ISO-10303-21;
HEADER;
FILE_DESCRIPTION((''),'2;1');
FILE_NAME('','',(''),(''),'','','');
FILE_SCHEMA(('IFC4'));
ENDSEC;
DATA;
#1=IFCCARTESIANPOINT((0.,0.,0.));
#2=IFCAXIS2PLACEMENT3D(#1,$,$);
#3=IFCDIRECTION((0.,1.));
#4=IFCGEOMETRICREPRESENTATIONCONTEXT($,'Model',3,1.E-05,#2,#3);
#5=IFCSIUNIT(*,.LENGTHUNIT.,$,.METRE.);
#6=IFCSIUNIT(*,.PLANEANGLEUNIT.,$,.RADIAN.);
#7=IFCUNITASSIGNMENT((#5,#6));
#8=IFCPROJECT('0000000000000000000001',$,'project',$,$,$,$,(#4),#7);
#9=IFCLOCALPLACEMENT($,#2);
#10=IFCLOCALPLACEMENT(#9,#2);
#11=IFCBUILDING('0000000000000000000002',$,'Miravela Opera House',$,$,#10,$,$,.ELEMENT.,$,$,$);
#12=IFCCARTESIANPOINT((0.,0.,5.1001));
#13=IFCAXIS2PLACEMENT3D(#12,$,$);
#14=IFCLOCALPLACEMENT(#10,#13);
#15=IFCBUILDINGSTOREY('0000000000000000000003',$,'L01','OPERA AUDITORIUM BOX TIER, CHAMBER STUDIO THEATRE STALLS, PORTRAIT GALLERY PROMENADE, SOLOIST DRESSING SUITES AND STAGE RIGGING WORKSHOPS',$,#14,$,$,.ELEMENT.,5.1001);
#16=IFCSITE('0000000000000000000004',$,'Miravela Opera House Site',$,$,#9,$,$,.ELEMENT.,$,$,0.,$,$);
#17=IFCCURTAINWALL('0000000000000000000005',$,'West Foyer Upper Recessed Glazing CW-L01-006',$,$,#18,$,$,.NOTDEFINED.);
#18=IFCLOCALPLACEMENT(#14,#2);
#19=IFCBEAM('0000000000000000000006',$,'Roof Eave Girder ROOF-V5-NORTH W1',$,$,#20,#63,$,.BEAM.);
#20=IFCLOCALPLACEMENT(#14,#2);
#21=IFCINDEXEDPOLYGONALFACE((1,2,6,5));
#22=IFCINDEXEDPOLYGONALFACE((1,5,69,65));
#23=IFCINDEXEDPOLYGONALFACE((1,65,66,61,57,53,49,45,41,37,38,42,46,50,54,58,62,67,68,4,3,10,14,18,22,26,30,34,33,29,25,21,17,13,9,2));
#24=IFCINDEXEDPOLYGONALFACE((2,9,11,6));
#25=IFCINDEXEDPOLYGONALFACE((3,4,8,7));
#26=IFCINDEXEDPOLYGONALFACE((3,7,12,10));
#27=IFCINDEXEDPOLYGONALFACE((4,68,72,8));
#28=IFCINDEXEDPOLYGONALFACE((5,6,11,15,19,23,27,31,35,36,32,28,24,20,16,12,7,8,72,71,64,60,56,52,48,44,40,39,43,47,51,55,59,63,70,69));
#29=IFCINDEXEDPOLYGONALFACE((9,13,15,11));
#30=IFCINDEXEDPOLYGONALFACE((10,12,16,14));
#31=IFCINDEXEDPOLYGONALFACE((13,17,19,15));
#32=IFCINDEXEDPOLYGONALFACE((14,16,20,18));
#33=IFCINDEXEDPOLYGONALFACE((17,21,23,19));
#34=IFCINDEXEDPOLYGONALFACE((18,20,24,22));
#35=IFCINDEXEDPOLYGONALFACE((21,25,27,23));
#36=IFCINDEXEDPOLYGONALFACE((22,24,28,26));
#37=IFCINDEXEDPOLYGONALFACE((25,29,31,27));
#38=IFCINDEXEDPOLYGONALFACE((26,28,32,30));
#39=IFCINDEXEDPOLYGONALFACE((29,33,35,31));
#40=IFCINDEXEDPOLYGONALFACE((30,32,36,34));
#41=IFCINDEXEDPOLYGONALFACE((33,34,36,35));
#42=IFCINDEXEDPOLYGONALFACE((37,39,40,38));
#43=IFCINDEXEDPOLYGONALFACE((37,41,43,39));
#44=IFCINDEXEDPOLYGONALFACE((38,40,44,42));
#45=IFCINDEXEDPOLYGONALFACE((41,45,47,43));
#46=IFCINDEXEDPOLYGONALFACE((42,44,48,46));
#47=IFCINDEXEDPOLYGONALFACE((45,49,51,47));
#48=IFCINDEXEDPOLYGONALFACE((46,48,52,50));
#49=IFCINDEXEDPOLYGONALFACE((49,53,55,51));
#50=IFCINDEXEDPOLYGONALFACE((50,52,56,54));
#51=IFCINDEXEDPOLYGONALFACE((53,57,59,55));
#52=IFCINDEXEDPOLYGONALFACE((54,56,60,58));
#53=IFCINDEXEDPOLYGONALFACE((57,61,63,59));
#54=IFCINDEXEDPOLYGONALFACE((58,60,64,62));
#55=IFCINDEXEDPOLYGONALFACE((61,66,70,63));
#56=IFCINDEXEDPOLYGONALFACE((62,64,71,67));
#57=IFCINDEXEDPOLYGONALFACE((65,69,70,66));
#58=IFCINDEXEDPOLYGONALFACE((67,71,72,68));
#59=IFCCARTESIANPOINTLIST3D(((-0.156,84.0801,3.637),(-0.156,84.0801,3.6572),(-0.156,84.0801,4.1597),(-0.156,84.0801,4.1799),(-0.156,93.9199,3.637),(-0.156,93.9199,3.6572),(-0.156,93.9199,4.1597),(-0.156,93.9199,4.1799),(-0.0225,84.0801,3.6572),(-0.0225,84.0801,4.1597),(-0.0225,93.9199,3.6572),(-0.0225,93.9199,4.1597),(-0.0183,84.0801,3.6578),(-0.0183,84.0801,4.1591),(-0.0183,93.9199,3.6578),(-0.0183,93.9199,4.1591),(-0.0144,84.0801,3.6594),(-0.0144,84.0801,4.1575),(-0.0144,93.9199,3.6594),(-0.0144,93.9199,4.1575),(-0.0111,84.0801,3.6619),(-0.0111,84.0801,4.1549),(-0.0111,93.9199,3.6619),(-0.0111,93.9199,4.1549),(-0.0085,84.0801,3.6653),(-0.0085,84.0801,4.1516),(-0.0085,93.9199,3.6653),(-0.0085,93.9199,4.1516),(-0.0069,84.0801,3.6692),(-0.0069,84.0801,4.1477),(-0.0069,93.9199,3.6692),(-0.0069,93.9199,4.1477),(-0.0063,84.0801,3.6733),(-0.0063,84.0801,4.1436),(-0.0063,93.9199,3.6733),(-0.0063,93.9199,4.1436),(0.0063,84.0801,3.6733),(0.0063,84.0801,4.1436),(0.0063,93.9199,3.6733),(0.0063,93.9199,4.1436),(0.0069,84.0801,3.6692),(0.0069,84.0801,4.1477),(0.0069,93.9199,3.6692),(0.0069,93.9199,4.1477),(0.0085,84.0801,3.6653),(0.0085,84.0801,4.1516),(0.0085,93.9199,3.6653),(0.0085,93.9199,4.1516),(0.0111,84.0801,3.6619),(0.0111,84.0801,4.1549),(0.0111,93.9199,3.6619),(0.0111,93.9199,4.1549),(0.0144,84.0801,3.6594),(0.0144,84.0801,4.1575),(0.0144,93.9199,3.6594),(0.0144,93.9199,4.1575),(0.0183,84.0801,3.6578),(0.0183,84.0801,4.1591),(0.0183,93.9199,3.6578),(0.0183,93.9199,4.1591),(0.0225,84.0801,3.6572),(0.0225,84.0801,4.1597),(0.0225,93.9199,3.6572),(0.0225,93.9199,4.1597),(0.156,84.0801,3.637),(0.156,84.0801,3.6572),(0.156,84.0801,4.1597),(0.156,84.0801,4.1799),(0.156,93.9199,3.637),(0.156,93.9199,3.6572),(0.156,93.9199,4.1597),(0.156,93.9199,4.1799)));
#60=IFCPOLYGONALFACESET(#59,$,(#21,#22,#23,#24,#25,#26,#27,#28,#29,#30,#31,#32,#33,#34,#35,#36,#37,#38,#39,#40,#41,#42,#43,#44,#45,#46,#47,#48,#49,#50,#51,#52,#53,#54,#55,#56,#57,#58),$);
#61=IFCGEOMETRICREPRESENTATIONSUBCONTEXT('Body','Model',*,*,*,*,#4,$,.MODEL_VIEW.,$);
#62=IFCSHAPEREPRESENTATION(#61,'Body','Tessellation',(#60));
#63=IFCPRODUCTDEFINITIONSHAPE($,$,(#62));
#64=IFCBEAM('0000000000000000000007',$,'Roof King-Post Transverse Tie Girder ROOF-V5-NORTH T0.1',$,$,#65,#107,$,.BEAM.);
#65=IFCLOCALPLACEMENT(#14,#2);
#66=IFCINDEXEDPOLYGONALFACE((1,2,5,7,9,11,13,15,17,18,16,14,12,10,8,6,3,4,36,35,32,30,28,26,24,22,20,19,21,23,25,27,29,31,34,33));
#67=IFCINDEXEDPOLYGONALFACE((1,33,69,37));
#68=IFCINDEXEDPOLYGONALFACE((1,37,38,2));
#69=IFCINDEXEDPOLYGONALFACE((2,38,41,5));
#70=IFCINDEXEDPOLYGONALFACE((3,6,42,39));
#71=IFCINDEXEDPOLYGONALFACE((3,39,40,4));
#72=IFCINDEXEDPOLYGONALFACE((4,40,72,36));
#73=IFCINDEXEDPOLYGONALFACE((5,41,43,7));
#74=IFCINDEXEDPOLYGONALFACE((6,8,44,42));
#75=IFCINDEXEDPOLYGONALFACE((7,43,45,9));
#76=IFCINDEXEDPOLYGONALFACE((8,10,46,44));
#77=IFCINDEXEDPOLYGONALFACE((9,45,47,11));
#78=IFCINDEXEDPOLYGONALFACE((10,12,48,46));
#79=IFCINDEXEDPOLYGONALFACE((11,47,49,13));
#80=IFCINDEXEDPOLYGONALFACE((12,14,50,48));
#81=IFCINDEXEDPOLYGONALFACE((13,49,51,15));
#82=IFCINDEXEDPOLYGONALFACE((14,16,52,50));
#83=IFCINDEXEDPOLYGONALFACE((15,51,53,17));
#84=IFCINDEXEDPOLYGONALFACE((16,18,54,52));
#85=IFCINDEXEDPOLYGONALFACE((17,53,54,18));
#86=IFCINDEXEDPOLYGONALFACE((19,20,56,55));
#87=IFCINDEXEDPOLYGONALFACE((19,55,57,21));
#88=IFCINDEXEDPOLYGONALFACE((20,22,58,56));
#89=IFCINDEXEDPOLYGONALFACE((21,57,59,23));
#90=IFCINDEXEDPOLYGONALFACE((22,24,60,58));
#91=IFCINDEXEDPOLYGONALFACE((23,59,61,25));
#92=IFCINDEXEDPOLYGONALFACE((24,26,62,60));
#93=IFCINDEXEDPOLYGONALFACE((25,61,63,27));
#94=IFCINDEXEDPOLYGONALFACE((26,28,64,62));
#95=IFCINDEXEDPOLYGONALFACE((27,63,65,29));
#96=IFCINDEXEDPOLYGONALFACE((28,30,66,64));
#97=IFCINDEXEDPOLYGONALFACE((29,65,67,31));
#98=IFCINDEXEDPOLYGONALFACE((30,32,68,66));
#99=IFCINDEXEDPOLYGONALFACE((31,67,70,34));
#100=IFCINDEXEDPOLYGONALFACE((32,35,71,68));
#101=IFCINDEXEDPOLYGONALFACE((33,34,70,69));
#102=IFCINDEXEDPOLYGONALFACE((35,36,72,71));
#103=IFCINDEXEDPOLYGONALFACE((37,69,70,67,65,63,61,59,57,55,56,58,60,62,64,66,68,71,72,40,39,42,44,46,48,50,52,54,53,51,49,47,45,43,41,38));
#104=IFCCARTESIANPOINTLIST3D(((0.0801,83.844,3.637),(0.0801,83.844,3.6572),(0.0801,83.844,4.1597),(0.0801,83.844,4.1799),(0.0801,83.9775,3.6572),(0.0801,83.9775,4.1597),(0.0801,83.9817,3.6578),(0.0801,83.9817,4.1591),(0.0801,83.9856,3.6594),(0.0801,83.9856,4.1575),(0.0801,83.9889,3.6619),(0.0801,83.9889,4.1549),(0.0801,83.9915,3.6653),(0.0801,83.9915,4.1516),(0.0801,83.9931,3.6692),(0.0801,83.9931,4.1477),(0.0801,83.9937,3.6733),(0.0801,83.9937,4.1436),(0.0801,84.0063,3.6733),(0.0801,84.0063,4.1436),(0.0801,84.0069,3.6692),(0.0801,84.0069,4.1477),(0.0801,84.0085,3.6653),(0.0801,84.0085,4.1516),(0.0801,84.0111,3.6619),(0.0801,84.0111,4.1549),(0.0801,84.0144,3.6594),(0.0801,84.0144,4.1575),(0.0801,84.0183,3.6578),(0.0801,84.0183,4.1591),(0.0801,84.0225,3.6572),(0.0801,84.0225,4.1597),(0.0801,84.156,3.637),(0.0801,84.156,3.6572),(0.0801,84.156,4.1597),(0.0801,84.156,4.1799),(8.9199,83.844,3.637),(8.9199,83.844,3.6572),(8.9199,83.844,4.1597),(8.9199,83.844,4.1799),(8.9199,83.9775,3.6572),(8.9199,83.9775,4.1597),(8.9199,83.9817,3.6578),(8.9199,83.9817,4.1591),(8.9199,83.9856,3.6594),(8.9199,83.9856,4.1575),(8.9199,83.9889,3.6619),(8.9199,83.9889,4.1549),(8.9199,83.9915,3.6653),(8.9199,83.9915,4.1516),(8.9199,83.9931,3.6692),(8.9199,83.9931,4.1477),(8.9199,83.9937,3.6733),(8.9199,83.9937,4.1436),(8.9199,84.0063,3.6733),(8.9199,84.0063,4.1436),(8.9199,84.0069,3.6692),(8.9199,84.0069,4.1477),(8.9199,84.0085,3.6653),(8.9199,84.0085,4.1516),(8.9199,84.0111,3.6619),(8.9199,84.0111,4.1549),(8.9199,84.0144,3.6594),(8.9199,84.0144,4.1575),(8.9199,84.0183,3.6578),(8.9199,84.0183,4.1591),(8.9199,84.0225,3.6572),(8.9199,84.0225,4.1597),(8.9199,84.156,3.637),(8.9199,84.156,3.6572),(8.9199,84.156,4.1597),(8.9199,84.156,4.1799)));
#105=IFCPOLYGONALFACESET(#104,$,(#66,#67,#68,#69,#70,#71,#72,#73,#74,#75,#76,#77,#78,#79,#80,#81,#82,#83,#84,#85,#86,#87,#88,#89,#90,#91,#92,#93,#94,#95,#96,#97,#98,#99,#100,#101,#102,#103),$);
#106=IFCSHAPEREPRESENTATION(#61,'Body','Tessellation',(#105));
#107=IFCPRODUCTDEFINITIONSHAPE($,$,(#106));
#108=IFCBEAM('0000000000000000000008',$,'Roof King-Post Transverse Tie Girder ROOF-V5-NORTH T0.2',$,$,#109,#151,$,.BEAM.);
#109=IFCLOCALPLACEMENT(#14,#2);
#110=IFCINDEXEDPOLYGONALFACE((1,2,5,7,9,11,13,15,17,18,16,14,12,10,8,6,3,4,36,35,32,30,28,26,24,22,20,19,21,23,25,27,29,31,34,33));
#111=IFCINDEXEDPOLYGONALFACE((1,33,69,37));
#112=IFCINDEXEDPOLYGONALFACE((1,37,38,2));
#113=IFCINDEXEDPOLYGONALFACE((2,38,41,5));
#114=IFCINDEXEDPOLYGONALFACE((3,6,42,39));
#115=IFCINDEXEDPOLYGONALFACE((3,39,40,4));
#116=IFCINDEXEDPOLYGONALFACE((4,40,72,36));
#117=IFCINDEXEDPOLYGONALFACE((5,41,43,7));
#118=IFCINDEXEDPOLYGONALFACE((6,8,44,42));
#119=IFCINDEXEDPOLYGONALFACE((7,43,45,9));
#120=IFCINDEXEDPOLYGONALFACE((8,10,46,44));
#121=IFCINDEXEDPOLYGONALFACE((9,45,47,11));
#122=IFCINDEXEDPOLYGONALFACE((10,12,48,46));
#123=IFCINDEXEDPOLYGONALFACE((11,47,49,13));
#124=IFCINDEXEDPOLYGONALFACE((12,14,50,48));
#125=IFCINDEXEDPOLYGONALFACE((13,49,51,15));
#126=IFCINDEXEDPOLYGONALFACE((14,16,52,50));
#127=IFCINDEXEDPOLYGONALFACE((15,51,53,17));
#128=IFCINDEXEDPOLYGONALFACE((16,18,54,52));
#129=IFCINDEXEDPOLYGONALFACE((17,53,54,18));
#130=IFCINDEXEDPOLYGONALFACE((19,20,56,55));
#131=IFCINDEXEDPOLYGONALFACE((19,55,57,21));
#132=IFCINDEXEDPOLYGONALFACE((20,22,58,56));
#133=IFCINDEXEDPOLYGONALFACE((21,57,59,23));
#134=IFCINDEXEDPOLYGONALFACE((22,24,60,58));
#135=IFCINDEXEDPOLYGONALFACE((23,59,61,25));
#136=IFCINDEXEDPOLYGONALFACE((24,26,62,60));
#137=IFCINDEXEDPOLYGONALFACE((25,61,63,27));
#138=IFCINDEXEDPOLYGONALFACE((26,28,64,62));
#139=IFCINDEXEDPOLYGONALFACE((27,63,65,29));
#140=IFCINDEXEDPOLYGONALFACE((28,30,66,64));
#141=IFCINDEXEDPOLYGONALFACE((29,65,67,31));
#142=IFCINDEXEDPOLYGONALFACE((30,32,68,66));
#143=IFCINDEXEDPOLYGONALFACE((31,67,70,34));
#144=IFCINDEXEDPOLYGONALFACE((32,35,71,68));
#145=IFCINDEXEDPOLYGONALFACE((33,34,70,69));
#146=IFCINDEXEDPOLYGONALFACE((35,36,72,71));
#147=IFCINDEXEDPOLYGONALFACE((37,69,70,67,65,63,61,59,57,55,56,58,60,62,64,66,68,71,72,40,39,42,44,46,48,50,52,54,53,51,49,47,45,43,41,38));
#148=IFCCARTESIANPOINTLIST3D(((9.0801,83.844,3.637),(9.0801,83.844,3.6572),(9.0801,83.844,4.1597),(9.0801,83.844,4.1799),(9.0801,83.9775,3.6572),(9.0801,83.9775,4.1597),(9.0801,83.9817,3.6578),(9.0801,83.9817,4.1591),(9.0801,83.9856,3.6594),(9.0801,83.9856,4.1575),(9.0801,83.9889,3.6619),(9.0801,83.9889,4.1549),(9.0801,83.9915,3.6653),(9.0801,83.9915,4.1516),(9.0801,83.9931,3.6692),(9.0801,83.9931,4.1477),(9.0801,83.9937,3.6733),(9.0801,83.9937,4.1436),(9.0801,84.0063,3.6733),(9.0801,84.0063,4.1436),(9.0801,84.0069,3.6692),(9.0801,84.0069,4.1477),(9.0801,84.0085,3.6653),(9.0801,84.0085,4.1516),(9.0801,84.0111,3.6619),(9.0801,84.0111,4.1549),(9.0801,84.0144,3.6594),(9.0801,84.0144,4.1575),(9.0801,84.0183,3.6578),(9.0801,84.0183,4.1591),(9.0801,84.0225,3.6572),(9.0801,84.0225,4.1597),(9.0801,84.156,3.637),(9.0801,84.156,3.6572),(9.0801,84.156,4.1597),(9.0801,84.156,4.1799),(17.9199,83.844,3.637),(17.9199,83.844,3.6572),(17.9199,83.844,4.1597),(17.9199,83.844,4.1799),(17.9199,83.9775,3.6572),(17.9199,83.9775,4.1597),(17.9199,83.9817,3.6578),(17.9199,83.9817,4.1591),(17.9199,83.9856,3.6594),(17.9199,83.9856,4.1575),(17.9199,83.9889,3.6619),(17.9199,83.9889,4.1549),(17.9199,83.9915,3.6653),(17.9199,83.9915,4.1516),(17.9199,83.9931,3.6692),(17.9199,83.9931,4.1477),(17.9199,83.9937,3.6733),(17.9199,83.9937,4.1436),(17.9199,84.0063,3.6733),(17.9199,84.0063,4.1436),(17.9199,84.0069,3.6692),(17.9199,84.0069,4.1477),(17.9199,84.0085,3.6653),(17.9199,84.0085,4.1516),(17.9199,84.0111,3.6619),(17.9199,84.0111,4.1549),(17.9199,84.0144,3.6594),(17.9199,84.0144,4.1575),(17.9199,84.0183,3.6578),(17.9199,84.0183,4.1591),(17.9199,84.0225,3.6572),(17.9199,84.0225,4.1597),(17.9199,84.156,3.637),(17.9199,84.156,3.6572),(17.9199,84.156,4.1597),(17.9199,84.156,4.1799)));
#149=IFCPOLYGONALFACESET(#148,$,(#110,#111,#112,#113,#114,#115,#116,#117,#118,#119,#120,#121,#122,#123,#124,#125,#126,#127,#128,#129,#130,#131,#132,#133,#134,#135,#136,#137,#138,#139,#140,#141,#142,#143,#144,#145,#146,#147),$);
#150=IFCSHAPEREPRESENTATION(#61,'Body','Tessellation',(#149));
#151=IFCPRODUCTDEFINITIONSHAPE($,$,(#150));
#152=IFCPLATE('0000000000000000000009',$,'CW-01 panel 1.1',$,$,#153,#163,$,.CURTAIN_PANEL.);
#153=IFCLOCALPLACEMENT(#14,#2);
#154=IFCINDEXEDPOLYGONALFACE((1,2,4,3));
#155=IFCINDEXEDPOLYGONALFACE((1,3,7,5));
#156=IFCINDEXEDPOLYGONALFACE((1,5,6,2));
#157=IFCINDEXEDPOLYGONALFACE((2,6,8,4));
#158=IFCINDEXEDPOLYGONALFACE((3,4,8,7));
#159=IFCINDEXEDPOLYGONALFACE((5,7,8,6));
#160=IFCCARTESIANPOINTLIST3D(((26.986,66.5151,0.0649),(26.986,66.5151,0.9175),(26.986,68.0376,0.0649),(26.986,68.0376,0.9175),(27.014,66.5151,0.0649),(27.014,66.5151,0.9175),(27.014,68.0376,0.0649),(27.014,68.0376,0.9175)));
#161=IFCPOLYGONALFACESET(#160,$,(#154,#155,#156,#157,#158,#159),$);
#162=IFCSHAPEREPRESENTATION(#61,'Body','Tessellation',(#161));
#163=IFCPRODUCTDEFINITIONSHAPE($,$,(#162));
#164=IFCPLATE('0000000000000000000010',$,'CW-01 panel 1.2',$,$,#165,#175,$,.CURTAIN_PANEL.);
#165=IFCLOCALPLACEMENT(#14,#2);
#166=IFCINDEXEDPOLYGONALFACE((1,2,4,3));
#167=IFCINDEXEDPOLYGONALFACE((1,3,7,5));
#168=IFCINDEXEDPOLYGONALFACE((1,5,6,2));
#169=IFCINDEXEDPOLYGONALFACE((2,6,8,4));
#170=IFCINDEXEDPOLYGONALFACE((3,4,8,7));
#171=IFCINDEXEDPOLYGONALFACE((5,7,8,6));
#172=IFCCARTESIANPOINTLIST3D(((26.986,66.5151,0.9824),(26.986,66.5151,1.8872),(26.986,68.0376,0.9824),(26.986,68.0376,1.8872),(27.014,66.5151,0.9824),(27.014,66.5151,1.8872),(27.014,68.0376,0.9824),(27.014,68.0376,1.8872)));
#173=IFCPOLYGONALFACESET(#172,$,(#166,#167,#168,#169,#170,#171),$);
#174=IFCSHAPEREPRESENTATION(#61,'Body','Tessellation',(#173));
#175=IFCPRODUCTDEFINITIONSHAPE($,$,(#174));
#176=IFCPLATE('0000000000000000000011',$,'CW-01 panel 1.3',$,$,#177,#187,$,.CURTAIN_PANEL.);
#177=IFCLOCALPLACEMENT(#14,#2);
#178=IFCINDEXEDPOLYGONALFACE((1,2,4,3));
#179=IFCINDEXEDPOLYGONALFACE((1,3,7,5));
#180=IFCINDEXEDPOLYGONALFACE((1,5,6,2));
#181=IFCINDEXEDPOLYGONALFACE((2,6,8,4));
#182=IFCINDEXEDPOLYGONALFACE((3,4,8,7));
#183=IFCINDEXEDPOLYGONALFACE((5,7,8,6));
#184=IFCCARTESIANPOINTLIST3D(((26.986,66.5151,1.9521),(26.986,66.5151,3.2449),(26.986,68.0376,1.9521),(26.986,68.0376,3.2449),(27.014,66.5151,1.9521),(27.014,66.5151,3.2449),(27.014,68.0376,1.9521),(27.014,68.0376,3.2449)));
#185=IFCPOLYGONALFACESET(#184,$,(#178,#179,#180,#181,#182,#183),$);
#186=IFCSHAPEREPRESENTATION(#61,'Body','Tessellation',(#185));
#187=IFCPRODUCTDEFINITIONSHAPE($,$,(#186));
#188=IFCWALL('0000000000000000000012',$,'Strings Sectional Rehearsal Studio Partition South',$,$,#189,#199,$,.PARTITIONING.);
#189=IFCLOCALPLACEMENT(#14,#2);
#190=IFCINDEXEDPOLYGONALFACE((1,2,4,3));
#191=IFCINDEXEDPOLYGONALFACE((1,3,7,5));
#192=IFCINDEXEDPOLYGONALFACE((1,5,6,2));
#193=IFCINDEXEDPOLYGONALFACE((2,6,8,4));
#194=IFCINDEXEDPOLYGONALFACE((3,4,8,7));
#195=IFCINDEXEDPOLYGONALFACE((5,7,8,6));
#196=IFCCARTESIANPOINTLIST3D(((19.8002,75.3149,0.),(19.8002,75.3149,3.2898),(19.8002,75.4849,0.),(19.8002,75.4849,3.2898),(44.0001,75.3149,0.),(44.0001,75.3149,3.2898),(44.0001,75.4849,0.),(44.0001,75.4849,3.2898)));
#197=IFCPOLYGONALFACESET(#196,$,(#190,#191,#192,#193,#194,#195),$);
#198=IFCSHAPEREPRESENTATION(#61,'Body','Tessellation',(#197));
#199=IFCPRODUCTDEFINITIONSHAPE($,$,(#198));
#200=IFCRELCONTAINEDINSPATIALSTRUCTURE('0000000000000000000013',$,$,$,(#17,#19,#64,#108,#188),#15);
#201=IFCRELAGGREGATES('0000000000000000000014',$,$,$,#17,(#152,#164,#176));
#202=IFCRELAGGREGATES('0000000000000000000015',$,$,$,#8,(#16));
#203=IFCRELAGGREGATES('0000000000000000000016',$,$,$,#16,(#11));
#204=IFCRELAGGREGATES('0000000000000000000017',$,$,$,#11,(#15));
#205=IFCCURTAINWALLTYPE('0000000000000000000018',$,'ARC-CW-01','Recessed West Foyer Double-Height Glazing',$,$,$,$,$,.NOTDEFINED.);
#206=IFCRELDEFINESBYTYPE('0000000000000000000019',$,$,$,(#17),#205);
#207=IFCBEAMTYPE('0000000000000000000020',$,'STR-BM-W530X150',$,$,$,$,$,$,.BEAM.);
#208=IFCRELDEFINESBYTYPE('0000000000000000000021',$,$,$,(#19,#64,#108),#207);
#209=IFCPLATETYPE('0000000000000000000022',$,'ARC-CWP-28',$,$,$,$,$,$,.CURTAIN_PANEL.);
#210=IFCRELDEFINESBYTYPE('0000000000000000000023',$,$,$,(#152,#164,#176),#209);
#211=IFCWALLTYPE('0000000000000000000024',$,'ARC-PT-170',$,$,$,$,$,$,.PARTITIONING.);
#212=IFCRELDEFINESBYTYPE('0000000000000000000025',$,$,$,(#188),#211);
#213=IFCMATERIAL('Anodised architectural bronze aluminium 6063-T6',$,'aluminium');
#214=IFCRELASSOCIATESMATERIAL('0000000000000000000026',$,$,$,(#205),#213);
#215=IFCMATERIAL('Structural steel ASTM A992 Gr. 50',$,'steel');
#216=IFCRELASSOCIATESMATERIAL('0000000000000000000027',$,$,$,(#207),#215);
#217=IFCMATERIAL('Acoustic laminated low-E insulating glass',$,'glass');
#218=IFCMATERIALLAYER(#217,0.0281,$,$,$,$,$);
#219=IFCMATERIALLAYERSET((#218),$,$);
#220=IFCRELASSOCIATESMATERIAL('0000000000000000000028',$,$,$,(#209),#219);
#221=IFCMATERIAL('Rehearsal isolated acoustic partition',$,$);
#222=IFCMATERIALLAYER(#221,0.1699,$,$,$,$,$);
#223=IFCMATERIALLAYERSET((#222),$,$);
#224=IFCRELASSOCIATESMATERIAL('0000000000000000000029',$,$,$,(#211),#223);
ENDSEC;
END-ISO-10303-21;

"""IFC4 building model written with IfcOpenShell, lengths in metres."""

from ifc_helpers import new_model, si_unit, direction, frame, frame_2d, origin, origin_2d, place, context, subcontext, project, spatial, rectangle, i_section, extrude, material, layer, layer_set, material_profile, profile_set, type_object, element, aggregate, save


model = new_model("IFC4")

# Units and contexts
model_context = context("Model", 3, precision=1e-05, world=origin(), true_north=direction((0.0, 1.0)))
body_context = subcontext(model_context, "Body", "Model", "MODEL_VIEW")
ifc_project = project(units=[si_unit("LENGTHUNIT", "METRE"), si_unit("PLANEANGLEUNIT", "RADIAN")], contexts=[model_context])

# Site, building, storey
site_placement = place(None, origin())
site = spatial("IfcSite", under=ifc_project, at=site_placement, Name="Miravela Opera House Site", CompositionType="ELEMENT", RefElevation=0.0)
building_placement = place(site_placement, origin())
building = spatial("IfcBuilding", under=site, at=building_placement, Name="Miravela Opera House", CompositionType="ELEMENT")
storey_placement = place(building_placement, frame((0.0, 0.0, 5.1001)))
storey = spatial("IfcBuildingStorey", under=building, at=storey_placement, Name="L01", Description="OPERA AUDITORIUM BOX TIER, CHAMBER STUDIO THEATRE STALLS, PORTRAIT GALLERY PROMENADE, SOLOIST DRESSING SUITES AND STAGE RIGGING WORKSHOPS", CompositionType="ELEMENT", Elevation=5.1001)

# Curtain wall
ifc_material_1 = material(Name="Anodised architectural bronze aluminium 6063-T6", Category="aluminium")
curtain_wall_type = type_object("IfcCurtainWallType", Name="ARC-CW-01", Description="Recessed West Foyer Double-Height Glazing", PredefinedType="NOTDEFINED", material=ifc_material_1)
curtain_wall_placement = place(storey_placement, origin())
curtain_wall = element("IfcCurtainWall", 1, at=curtain_wall_placement, inside=storey, type_object=curtain_wall_type, Name="West Foyer Upper Recessed Glazing CW-L01-006", PredefinedType="NOTDEFINED")

# Beams
ifc_material_2 = material(Name="Structural steel ASTM A992 Gr. 50", Category="steel")
ifc_material_profile_1 = material_profile(ifc_material_2, i_section(OverallWidth=0.312, OverallDepth=0.543, WebThickness=0.0127, FlangeThickness=0.0203, FilletRadius=0.0161, at=origin_2d()), Name="W530X150")
ifc_profile_set_1 = profile_set([ifc_material_profile_1])
beam_type_1 = type_object("IfcBeamType", Name="STR-BM-W530X150", PredefinedType="BEAM", material=ifc_profile_set_1)
beam_1_placement = place(storey_placement, frame((0.0, 84.0801, 3.9084), z_axis=(0.0, 1.0, 0.0), x_axis=(-1.0, 0.0, 0.0)))
element("IfcBeam", 2, at=beam_1_placement, inside=storey, type_object=beam_type_1, Name="Roof Eave Girder ROOF-V5-NORTH W1", PredefinedType="BEAM", context=body_context, shape_type="SweptSolid", body=[
    extrude(i_section(OverallWidth=0.312, OverallDepth=0.543, WebThickness=0.0127, FlangeThickness=0.0203, FilletRadius=0.0161, at=origin_2d()), origin(), (0.0, 0.0, 1.0), 9.8398),
])
for number, where, z_axis, x_axis, name in (
    (3, (0.0801, 84.0, 3.9084), (1.0, 0.0, 0.0), (0.0, 1.0, 0.0), "Roof King-Post Transverse Tie Girder ROOF-V5-NORTH T0.1"),
    (4, (9.0801, 84.0, 3.9084), (1.0, 0.0, 0.0), (0.0, 1.0, 0.0), "Roof King-Post Transverse Tie Girder ROOF-V5-NORTH T0.2"),
):
    element("IfcBeam", number, at=place(storey_placement, frame(where, z_axis=z_axis, x_axis=x_axis)), inside=storey, type_object=beam_type_1, Name=name, PredefinedType="BEAM", context=body_context, shape_type="SweptSolid", body=[
        extrude(i_section(OverallWidth=0.312, OverallDepth=0.543, WebThickness=0.0127, FlangeThickness=0.0203, FilletRadius=0.0161, at=origin_2d()), origin(), (0.0, 0.0, 1.0), 8.8398),
    ])

# Plates
ifc_material_3 = material(Name="Acoustic laminated low-E insulating glass", Category="glass")
ifc_layer_1 = layer(ifc_material_3, 0.0281)
ifc_layer_set_1 = layer_set([ifc_layer_1])
plate_type = type_object("IfcPlateType", Name="ARC-CWP-28", PredefinedType="CURTAIN_PANEL", material=ifc_layer_set_1)
plate_1_placement = place(storey_placement, frame((27.0, 67.2764, 0.0649), z_axis=(0.0, 0.0, 1.0), x_axis=(0.0, 1.0, 0.0)))
plate_1 = element("IfcPlate", 5, at=plate_1_placement, type_object=plate_type, Name="CW-01 panel 1.1", PredefinedType="CURTAIN_PANEL", context=body_context, shape_type="SweptSolid", body=[
    extrude(rectangle(XDim=1.5225, YDim=0.0281, at=origin_2d()), origin(), (0.0, 0.0, 1.0), 0.8525),
])
plate_2_placement = place(storey_placement, frame((27.0, 67.2764, 0.9824), z_axis=(0.0, 0.0, 1.0), x_axis=(0.0, 1.0, 0.0)))
plate_2 = element("IfcPlate", 6, at=plate_2_placement, type_object=plate_type, Name="CW-01 panel 1.2", PredefinedType="CURTAIN_PANEL", context=body_context, shape_type="SweptSolid", body=[
    extrude(rectangle(XDim=1.5225, YDim=0.0281, at=origin_2d()), origin(), (0.0, 0.0, 1.0), 0.9048),
])
plate_3_placement = place(storey_placement, frame((27.0, 67.2764, 1.9521), z_axis=(0.0, 0.0, 1.0), x_axis=(0.0, 1.0, 0.0)))
plate_3 = element("IfcPlate", 7, at=plate_3_placement, type_object=plate_type, Name="CW-01 panel 1.3", PredefinedType="CURTAIN_PANEL", context=body_context, shape_type="SweptSolid", body=[
    extrude(rectangle(XDim=1.5225, YDim=0.0281, at=origin_2d()), origin(), (0.0, 0.0, 1.0), 1.2927),
])
aggregate(curtain_wall, [plate_1, plate_2, plate_3])

# Wall
ifc_material_4 = material(Name="Rehearsal isolated acoustic partition")
ifc_layer_2 = layer(ifc_material_4, 0.1699)
ifc_layer_set_2 = layer_set([ifc_layer_2])
wall_type = type_object("IfcWallType", Name="ARC-PT-170", PredefinedType="PARTITIONING", material=ifc_layer_set_2)
wall_1_placement = place(storey_placement, frame((19.8, 75.3999, 0.0), z_axis=(0.0, 0.0, 1.0), x_axis=(1.0, 0.0, 0.0)))
element("IfcWall", 8, at=wall_1_placement, inside=storey, type_object=wall_type, Name="Strings Sectional Rehearsal Studio Partition South", PredefinedType="PARTITIONING", context=body_context, shape_type="SweptSolid", body=[
    extrude(rectangle(XDim=24.2, YDim=0.1699, at=frame_2d((12.1001, 0.0))), origin(), (0.0, 0.0, 1.0), 3.2898),
])

save(model, "model.ifc")
